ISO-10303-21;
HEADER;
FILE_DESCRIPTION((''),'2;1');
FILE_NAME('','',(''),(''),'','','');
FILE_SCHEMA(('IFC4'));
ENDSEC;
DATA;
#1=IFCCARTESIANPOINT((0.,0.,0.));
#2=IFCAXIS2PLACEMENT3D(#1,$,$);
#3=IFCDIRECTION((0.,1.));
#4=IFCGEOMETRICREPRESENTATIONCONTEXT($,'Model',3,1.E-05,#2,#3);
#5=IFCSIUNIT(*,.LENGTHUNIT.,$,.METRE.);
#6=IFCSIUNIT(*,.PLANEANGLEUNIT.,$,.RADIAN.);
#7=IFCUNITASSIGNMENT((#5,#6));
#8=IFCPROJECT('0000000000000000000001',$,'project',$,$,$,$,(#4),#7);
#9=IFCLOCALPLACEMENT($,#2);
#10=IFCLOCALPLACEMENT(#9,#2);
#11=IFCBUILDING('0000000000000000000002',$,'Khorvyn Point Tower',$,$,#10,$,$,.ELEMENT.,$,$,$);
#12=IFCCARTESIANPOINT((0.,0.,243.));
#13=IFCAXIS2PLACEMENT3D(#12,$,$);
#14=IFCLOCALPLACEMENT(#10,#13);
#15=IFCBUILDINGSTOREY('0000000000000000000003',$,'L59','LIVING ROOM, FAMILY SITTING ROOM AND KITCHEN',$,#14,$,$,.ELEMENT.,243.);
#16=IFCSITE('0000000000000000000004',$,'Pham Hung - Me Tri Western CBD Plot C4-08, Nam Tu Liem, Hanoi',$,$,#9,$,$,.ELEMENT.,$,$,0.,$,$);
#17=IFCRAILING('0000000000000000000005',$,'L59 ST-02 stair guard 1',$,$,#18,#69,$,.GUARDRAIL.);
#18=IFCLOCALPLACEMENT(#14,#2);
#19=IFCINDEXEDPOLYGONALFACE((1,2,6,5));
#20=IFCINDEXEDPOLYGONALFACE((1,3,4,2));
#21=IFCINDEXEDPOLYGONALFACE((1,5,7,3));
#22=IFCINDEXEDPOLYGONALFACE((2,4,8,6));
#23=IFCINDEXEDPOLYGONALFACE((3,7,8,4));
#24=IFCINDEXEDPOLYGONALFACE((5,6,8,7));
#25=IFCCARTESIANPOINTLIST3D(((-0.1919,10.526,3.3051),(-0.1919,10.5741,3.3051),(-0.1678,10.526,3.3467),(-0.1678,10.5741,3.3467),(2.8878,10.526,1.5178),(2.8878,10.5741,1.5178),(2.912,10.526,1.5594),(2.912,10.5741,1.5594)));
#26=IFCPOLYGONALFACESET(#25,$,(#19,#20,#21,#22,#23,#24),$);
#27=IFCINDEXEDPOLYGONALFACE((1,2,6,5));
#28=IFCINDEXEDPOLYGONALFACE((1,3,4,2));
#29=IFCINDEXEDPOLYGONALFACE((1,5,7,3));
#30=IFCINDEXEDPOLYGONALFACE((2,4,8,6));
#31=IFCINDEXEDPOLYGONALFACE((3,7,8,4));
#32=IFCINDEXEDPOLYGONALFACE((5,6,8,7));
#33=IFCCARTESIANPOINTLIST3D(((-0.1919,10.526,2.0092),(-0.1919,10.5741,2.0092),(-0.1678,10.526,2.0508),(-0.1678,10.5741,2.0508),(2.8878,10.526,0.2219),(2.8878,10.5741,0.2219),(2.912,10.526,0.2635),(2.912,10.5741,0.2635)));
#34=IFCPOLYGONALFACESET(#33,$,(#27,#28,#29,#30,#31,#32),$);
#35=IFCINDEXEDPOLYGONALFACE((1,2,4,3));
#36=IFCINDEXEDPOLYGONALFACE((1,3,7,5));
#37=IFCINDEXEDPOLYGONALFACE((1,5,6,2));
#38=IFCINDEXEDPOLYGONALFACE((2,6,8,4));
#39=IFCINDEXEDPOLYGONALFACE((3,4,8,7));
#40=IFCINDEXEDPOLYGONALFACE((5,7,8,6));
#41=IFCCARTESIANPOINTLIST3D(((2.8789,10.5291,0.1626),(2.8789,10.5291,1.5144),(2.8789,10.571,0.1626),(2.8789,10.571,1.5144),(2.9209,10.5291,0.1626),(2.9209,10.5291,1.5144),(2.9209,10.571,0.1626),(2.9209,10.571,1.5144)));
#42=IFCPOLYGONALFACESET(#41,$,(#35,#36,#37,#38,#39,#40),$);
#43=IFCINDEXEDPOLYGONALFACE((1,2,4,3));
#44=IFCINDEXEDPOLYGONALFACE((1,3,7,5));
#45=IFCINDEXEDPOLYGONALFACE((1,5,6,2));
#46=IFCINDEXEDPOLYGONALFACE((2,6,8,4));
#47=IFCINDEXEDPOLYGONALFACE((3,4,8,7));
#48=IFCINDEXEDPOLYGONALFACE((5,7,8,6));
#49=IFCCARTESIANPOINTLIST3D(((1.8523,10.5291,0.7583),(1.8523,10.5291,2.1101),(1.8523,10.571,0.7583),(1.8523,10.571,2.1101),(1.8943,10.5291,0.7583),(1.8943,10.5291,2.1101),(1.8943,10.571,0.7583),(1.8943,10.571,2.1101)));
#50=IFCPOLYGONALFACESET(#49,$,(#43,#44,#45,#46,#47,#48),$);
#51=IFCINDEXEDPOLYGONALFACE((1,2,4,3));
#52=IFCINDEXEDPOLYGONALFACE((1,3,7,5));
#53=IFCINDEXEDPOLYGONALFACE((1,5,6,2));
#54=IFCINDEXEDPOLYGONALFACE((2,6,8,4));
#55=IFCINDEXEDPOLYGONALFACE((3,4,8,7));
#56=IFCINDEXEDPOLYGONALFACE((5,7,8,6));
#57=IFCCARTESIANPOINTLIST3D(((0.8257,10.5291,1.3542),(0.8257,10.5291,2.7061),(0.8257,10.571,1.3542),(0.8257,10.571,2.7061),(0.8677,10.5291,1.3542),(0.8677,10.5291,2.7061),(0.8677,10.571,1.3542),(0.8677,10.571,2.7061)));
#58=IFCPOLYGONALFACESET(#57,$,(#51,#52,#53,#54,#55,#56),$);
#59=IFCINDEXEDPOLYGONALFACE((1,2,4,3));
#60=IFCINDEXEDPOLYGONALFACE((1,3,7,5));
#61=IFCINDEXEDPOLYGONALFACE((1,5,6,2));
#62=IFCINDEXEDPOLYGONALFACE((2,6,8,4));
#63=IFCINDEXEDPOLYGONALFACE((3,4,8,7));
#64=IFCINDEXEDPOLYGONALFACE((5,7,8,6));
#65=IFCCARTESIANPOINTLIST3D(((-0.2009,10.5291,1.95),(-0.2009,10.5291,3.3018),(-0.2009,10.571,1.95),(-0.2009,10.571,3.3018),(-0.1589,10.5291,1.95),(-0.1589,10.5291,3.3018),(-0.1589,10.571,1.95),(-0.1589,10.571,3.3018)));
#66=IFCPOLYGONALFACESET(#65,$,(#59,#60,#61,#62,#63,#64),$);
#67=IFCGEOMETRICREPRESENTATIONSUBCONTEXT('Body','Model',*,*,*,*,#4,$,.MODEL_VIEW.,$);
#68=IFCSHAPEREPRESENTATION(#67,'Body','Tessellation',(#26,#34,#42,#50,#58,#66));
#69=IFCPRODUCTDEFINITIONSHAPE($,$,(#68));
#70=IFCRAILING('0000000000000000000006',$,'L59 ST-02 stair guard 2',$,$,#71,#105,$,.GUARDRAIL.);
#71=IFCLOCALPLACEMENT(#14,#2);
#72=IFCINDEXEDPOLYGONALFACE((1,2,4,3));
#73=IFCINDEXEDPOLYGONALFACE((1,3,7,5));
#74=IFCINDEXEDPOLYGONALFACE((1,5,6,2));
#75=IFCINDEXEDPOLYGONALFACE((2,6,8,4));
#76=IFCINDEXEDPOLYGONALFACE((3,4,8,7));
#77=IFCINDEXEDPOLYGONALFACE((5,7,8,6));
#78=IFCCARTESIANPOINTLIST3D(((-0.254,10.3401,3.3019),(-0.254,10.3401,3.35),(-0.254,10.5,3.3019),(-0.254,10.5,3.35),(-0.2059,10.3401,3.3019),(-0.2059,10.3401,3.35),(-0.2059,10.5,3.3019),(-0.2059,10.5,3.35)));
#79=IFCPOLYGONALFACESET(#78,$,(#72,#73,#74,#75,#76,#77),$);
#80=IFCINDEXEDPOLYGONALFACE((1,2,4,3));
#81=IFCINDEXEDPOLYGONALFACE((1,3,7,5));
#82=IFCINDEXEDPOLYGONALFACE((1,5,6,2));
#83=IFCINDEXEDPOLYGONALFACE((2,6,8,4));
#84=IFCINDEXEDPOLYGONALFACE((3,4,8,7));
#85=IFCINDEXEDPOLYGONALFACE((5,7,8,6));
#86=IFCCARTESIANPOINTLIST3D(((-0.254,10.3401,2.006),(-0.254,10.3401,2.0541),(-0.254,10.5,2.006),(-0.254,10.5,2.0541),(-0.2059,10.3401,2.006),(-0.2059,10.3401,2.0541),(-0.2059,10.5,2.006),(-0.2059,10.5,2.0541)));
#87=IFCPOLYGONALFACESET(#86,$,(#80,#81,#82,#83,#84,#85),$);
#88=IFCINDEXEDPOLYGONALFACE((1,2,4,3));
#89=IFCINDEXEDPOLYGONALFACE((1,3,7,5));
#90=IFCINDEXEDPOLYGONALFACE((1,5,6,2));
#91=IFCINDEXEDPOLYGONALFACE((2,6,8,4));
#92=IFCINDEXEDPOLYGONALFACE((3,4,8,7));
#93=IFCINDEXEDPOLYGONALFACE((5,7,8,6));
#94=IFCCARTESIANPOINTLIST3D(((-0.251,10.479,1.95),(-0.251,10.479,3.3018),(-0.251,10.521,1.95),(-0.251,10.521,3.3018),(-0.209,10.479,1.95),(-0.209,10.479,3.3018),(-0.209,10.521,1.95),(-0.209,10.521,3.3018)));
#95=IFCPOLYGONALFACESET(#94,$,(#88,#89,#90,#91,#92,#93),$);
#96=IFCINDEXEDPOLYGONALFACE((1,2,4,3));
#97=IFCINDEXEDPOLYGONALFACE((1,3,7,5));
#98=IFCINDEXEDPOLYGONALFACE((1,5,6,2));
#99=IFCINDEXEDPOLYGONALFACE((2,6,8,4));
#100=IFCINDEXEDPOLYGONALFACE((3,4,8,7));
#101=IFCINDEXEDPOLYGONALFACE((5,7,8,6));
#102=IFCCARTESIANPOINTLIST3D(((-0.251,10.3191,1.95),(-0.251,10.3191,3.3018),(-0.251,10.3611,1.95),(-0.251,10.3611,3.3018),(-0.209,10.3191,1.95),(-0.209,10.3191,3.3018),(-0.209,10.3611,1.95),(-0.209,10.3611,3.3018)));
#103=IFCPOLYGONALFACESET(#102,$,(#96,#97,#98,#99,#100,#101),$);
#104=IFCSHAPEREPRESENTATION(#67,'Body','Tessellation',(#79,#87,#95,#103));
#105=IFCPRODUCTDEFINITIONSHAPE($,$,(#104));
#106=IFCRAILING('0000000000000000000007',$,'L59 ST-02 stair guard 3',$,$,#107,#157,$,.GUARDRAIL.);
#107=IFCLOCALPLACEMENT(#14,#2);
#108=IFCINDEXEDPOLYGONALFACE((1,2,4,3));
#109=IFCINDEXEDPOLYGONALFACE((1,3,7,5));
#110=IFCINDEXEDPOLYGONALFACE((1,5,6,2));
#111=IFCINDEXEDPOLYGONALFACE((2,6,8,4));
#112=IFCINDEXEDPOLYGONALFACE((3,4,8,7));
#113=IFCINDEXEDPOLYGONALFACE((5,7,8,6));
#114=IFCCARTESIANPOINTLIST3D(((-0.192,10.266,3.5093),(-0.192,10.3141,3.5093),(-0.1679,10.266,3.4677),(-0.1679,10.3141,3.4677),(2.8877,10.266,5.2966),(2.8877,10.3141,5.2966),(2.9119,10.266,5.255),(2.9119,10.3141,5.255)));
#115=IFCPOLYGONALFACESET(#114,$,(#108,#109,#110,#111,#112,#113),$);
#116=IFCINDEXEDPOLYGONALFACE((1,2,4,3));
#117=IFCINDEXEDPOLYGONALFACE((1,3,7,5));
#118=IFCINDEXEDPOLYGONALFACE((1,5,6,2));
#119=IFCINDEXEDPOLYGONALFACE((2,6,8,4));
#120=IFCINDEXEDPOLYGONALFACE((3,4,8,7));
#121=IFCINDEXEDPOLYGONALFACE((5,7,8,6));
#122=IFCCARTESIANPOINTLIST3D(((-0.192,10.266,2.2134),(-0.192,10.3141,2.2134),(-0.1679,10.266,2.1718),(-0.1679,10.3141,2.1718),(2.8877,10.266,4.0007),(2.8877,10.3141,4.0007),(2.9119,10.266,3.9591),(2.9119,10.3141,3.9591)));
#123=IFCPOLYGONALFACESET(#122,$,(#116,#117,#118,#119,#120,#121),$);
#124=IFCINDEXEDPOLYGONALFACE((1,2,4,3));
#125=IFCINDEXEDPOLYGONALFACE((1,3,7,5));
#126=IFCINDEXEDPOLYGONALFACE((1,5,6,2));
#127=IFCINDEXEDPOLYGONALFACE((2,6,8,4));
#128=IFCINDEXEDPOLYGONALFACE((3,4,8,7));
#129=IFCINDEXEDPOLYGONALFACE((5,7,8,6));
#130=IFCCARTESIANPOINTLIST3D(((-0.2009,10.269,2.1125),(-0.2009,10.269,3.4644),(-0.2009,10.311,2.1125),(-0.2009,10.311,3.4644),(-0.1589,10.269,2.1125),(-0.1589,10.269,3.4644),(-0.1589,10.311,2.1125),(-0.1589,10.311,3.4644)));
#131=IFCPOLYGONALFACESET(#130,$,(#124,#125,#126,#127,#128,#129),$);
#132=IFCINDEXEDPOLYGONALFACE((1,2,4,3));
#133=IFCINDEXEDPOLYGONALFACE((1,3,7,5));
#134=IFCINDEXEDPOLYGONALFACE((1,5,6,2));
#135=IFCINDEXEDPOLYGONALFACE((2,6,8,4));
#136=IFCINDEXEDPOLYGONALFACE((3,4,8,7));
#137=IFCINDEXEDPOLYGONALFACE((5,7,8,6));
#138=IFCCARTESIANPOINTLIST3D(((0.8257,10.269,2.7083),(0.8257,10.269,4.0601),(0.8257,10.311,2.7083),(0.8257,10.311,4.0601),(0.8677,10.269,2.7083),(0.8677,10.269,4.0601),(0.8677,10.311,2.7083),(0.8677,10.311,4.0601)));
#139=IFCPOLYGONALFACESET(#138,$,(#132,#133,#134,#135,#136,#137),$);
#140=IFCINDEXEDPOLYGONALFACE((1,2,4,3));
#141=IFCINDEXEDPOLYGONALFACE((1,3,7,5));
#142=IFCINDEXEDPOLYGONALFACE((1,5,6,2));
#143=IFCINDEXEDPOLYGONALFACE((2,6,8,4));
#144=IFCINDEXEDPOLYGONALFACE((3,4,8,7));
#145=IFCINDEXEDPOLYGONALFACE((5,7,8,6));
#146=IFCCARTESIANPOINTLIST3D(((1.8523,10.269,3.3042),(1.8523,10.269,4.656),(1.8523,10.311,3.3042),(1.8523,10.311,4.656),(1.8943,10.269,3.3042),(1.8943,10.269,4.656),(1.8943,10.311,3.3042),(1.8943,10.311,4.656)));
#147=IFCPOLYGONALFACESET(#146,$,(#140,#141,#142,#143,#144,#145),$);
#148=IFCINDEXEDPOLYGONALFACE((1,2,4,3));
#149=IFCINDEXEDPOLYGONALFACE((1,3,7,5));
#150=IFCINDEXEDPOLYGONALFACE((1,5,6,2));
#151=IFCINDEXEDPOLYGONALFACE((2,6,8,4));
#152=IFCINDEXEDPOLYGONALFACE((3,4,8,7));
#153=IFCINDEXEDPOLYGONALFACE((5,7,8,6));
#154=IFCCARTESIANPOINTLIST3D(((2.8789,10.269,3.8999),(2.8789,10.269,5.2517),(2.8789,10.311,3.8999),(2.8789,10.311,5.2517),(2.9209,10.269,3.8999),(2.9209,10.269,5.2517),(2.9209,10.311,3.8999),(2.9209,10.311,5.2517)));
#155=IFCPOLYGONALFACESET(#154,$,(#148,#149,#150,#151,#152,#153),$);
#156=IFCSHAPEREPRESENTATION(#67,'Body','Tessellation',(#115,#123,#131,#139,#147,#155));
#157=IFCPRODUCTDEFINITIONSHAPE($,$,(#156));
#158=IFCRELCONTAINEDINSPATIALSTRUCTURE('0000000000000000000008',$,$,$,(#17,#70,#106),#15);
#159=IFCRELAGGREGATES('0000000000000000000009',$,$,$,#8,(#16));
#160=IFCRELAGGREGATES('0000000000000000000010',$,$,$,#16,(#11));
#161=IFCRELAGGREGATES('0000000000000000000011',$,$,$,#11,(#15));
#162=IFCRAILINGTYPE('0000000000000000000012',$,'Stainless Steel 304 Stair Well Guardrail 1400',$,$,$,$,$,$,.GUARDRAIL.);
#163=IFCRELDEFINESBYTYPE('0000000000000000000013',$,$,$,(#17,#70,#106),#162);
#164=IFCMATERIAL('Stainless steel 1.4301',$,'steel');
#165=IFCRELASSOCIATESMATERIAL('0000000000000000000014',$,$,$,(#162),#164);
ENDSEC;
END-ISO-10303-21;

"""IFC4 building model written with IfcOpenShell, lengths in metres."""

from ifc_helpers import new_model, si_unit, direction, frame, origin, origin_2d, place, context, subcontext, project, spatial, rectangle, extrude, material, type_object, element, save


model = new_model("IFC4")

# Units and contexts
model_context = context("Model", 3, precision=1e-05, world=origin(), true_north=direction((0.0, 1.0)))
body_context = subcontext(model_context, "Body", "Model", "MODEL_VIEW")
ifc_project = project(units=[si_unit("LENGTHUNIT", "METRE"), si_unit("PLANEANGLEUNIT", "RADIAN")], contexts=[model_context])

# Site, building, storey
site_placement = place(None, origin())
site = spatial("IfcSite", under=ifc_project, at=site_placement, Name="Pham Hung - Me Tri Western CBD Plot C4-08, Nam Tu Liem, Hanoi", CompositionType="ELEMENT", RefElevation=0.0)
building_placement = place(site_placement, origin())
building = spatial("IfcBuilding", under=site, at=building_placement, Name="Khorvyn Point Tower", CompositionType="ELEMENT")
storey_placement = place(building_placement, frame((0.0, 0.0, 243.0)))
storey = spatial("IfcBuildingStorey", under=building, at=storey_placement, Name="L59", Description="LIVING ROOM, FAMILY SITTING ROOM AND KITCHEN", CompositionType="ELEMENT", Elevation=243.0)

# Railings
ifc_material_1 = material(Name="Stainless steel 1.4301", Category="steel")
railing_type_1 = type_object("IfcRailingType", Name="Stainless Steel 304 Stair Well Guardrail 1400", PredefinedType="GUARDRAIL", material=ifc_material_1)
railing_1_placement = place(storey_placement, frame((2.8999, 10.55, 0.1626)))
element("IfcRailing", 1, at=railing_1_placement, inside=storey, type_object=railing_type_1, Name="L59 ST-02 stair guard 1", PredefinedType="GUARDRAIL", context=body_context, shape_type="SweptSolid", body=[
    extrude(rectangle(XDim=0.0481, YDim=0.0481, at=origin_2d()), frame((0.0, 0.0, 1.376), z_axis=(-0.864903, 0.0, 0.501939), x_axis=(0.0, -1.0, 0.0)), (0.0, 0.0, 1.0), 3.5608),
    extrude(rectangle(XDim=0.0481, YDim=0.0481, at=origin_2d()), frame((0.0, 0.0, 0.0801), z_axis=(-0.864903, 0.0, 0.501939), x_axis=(0.0, -1.0, 0.0)), (0.0, 0.0, 1.0), 3.5608),
    extrude(rectangle(XDim=0.042, YDim=0.042, at=origin_2d()), origin(), (0.0, 0.0, 1.0), 1.3518),
    extrude(rectangle(XDim=0.042, YDim=0.042, at=origin_2d()), frame((-1.0266, 0.0, 0.5957)), (0.0, 0.0, 1.0), 1.3518),
    extrude(rectangle(XDim=0.042, YDim=0.042, at=origin_2d()), frame((-2.0532, 0.0, 1.1917)), (0.0, 0.0, 1.0), 1.3518),
    extrude(rectangle(XDim=0.042, YDim=0.042, at=origin_2d()), frame((-3.0798, 0.0, 1.7874)), (0.0, 0.0, 1.0), 1.3518),
])
railing_2_placement = place(storey_placement, frame((-0.23, 10.5, 1.95)))
element("IfcRailing", 2, at=railing_2_placement, inside=storey, type_object=railing_type_1, Name="L59 ST-02 stair guard 2", PredefinedType="GUARDRAIL", context=body_context, shape_type="SweptSolid", body=[
    extrude(rectangle(XDim=0.0481, YDim=0.0481, at=origin_2d()), frame((0.0, 0.0, 1.376), z_axis=(0.0, -1.0, 0.0), x_axis=(1.0, 0.0, 0.0)), (0.0, 0.0, 1.0), 0.1599),
    extrude(rectangle(XDim=0.0481, YDim=0.0481, at=origin_2d()), frame((0.0, 0.0, 0.0801), z_axis=(0.0, -1.0, 0.0), x_axis=(1.0, 0.0, 0.0)), (0.0, 0.0, 1.0), 0.1599),
    extrude(rectangle(XDim=0.042, YDim=0.042, at=origin_2d()), origin(), (0.0, 0.0, 1.0), 1.3518),
    extrude(rectangle(XDim=0.042, YDim=0.042, at=origin_2d()), frame((0.0, -0.1599, 0.0)), (0.0, 0.0, 1.0), 1.3518),
])
railing_3_placement = place(storey_placement, frame((-0.1799, 10.29, 2.1125)))
element("IfcRailing", 3, at=railing_3_placement, inside=storey, type_object=railing_type_1, Name="L59 ST-02 stair guard 3", PredefinedType="GUARDRAIL", context=body_context, shape_type="SweptSolid", body=[
    extrude(rectangle(XDim=0.0481, YDim=0.0481, at=origin_2d()), frame((0.0, 0.0, 1.376), z_axis=(0.864903, 0.0, 0.501939), x_axis=(0.0, 1.0, 0.0)), (0.0, 0.0, 1.0), 3.5608),
    extrude(rectangle(XDim=0.0481, YDim=0.0481, at=origin_2d()), frame((0.0, 0.0, 0.0801), z_axis=(0.864903, 0.0, 0.501939), x_axis=(0.0, 1.0, 0.0)), (0.0, 0.0, 1.0), 3.5608),
    extrude(rectangle(XDim=0.042, YDim=0.042, at=origin_2d()), origin(), (0.0, 0.0, 1.0), 1.3518),
    extrude(rectangle(XDim=0.042, YDim=0.042, at=origin_2d()), frame((1.0266, 0.0, 0.5957)), (0.0, 0.0, 1.0), 1.3518),
    extrude(rectangle(XDim=0.042, YDim=0.042, at=origin_2d()), frame((2.0532, 0.0, 1.1917)), (0.0, 0.0, 1.0), 1.3518),
    extrude(rectangle(XDim=0.042, YDim=0.042, at=origin_2d()), frame((3.0798, 0.0, 1.7874)), (0.0, 0.0, 1.0), 1.3518),
])

save(model, "model.ifc")
